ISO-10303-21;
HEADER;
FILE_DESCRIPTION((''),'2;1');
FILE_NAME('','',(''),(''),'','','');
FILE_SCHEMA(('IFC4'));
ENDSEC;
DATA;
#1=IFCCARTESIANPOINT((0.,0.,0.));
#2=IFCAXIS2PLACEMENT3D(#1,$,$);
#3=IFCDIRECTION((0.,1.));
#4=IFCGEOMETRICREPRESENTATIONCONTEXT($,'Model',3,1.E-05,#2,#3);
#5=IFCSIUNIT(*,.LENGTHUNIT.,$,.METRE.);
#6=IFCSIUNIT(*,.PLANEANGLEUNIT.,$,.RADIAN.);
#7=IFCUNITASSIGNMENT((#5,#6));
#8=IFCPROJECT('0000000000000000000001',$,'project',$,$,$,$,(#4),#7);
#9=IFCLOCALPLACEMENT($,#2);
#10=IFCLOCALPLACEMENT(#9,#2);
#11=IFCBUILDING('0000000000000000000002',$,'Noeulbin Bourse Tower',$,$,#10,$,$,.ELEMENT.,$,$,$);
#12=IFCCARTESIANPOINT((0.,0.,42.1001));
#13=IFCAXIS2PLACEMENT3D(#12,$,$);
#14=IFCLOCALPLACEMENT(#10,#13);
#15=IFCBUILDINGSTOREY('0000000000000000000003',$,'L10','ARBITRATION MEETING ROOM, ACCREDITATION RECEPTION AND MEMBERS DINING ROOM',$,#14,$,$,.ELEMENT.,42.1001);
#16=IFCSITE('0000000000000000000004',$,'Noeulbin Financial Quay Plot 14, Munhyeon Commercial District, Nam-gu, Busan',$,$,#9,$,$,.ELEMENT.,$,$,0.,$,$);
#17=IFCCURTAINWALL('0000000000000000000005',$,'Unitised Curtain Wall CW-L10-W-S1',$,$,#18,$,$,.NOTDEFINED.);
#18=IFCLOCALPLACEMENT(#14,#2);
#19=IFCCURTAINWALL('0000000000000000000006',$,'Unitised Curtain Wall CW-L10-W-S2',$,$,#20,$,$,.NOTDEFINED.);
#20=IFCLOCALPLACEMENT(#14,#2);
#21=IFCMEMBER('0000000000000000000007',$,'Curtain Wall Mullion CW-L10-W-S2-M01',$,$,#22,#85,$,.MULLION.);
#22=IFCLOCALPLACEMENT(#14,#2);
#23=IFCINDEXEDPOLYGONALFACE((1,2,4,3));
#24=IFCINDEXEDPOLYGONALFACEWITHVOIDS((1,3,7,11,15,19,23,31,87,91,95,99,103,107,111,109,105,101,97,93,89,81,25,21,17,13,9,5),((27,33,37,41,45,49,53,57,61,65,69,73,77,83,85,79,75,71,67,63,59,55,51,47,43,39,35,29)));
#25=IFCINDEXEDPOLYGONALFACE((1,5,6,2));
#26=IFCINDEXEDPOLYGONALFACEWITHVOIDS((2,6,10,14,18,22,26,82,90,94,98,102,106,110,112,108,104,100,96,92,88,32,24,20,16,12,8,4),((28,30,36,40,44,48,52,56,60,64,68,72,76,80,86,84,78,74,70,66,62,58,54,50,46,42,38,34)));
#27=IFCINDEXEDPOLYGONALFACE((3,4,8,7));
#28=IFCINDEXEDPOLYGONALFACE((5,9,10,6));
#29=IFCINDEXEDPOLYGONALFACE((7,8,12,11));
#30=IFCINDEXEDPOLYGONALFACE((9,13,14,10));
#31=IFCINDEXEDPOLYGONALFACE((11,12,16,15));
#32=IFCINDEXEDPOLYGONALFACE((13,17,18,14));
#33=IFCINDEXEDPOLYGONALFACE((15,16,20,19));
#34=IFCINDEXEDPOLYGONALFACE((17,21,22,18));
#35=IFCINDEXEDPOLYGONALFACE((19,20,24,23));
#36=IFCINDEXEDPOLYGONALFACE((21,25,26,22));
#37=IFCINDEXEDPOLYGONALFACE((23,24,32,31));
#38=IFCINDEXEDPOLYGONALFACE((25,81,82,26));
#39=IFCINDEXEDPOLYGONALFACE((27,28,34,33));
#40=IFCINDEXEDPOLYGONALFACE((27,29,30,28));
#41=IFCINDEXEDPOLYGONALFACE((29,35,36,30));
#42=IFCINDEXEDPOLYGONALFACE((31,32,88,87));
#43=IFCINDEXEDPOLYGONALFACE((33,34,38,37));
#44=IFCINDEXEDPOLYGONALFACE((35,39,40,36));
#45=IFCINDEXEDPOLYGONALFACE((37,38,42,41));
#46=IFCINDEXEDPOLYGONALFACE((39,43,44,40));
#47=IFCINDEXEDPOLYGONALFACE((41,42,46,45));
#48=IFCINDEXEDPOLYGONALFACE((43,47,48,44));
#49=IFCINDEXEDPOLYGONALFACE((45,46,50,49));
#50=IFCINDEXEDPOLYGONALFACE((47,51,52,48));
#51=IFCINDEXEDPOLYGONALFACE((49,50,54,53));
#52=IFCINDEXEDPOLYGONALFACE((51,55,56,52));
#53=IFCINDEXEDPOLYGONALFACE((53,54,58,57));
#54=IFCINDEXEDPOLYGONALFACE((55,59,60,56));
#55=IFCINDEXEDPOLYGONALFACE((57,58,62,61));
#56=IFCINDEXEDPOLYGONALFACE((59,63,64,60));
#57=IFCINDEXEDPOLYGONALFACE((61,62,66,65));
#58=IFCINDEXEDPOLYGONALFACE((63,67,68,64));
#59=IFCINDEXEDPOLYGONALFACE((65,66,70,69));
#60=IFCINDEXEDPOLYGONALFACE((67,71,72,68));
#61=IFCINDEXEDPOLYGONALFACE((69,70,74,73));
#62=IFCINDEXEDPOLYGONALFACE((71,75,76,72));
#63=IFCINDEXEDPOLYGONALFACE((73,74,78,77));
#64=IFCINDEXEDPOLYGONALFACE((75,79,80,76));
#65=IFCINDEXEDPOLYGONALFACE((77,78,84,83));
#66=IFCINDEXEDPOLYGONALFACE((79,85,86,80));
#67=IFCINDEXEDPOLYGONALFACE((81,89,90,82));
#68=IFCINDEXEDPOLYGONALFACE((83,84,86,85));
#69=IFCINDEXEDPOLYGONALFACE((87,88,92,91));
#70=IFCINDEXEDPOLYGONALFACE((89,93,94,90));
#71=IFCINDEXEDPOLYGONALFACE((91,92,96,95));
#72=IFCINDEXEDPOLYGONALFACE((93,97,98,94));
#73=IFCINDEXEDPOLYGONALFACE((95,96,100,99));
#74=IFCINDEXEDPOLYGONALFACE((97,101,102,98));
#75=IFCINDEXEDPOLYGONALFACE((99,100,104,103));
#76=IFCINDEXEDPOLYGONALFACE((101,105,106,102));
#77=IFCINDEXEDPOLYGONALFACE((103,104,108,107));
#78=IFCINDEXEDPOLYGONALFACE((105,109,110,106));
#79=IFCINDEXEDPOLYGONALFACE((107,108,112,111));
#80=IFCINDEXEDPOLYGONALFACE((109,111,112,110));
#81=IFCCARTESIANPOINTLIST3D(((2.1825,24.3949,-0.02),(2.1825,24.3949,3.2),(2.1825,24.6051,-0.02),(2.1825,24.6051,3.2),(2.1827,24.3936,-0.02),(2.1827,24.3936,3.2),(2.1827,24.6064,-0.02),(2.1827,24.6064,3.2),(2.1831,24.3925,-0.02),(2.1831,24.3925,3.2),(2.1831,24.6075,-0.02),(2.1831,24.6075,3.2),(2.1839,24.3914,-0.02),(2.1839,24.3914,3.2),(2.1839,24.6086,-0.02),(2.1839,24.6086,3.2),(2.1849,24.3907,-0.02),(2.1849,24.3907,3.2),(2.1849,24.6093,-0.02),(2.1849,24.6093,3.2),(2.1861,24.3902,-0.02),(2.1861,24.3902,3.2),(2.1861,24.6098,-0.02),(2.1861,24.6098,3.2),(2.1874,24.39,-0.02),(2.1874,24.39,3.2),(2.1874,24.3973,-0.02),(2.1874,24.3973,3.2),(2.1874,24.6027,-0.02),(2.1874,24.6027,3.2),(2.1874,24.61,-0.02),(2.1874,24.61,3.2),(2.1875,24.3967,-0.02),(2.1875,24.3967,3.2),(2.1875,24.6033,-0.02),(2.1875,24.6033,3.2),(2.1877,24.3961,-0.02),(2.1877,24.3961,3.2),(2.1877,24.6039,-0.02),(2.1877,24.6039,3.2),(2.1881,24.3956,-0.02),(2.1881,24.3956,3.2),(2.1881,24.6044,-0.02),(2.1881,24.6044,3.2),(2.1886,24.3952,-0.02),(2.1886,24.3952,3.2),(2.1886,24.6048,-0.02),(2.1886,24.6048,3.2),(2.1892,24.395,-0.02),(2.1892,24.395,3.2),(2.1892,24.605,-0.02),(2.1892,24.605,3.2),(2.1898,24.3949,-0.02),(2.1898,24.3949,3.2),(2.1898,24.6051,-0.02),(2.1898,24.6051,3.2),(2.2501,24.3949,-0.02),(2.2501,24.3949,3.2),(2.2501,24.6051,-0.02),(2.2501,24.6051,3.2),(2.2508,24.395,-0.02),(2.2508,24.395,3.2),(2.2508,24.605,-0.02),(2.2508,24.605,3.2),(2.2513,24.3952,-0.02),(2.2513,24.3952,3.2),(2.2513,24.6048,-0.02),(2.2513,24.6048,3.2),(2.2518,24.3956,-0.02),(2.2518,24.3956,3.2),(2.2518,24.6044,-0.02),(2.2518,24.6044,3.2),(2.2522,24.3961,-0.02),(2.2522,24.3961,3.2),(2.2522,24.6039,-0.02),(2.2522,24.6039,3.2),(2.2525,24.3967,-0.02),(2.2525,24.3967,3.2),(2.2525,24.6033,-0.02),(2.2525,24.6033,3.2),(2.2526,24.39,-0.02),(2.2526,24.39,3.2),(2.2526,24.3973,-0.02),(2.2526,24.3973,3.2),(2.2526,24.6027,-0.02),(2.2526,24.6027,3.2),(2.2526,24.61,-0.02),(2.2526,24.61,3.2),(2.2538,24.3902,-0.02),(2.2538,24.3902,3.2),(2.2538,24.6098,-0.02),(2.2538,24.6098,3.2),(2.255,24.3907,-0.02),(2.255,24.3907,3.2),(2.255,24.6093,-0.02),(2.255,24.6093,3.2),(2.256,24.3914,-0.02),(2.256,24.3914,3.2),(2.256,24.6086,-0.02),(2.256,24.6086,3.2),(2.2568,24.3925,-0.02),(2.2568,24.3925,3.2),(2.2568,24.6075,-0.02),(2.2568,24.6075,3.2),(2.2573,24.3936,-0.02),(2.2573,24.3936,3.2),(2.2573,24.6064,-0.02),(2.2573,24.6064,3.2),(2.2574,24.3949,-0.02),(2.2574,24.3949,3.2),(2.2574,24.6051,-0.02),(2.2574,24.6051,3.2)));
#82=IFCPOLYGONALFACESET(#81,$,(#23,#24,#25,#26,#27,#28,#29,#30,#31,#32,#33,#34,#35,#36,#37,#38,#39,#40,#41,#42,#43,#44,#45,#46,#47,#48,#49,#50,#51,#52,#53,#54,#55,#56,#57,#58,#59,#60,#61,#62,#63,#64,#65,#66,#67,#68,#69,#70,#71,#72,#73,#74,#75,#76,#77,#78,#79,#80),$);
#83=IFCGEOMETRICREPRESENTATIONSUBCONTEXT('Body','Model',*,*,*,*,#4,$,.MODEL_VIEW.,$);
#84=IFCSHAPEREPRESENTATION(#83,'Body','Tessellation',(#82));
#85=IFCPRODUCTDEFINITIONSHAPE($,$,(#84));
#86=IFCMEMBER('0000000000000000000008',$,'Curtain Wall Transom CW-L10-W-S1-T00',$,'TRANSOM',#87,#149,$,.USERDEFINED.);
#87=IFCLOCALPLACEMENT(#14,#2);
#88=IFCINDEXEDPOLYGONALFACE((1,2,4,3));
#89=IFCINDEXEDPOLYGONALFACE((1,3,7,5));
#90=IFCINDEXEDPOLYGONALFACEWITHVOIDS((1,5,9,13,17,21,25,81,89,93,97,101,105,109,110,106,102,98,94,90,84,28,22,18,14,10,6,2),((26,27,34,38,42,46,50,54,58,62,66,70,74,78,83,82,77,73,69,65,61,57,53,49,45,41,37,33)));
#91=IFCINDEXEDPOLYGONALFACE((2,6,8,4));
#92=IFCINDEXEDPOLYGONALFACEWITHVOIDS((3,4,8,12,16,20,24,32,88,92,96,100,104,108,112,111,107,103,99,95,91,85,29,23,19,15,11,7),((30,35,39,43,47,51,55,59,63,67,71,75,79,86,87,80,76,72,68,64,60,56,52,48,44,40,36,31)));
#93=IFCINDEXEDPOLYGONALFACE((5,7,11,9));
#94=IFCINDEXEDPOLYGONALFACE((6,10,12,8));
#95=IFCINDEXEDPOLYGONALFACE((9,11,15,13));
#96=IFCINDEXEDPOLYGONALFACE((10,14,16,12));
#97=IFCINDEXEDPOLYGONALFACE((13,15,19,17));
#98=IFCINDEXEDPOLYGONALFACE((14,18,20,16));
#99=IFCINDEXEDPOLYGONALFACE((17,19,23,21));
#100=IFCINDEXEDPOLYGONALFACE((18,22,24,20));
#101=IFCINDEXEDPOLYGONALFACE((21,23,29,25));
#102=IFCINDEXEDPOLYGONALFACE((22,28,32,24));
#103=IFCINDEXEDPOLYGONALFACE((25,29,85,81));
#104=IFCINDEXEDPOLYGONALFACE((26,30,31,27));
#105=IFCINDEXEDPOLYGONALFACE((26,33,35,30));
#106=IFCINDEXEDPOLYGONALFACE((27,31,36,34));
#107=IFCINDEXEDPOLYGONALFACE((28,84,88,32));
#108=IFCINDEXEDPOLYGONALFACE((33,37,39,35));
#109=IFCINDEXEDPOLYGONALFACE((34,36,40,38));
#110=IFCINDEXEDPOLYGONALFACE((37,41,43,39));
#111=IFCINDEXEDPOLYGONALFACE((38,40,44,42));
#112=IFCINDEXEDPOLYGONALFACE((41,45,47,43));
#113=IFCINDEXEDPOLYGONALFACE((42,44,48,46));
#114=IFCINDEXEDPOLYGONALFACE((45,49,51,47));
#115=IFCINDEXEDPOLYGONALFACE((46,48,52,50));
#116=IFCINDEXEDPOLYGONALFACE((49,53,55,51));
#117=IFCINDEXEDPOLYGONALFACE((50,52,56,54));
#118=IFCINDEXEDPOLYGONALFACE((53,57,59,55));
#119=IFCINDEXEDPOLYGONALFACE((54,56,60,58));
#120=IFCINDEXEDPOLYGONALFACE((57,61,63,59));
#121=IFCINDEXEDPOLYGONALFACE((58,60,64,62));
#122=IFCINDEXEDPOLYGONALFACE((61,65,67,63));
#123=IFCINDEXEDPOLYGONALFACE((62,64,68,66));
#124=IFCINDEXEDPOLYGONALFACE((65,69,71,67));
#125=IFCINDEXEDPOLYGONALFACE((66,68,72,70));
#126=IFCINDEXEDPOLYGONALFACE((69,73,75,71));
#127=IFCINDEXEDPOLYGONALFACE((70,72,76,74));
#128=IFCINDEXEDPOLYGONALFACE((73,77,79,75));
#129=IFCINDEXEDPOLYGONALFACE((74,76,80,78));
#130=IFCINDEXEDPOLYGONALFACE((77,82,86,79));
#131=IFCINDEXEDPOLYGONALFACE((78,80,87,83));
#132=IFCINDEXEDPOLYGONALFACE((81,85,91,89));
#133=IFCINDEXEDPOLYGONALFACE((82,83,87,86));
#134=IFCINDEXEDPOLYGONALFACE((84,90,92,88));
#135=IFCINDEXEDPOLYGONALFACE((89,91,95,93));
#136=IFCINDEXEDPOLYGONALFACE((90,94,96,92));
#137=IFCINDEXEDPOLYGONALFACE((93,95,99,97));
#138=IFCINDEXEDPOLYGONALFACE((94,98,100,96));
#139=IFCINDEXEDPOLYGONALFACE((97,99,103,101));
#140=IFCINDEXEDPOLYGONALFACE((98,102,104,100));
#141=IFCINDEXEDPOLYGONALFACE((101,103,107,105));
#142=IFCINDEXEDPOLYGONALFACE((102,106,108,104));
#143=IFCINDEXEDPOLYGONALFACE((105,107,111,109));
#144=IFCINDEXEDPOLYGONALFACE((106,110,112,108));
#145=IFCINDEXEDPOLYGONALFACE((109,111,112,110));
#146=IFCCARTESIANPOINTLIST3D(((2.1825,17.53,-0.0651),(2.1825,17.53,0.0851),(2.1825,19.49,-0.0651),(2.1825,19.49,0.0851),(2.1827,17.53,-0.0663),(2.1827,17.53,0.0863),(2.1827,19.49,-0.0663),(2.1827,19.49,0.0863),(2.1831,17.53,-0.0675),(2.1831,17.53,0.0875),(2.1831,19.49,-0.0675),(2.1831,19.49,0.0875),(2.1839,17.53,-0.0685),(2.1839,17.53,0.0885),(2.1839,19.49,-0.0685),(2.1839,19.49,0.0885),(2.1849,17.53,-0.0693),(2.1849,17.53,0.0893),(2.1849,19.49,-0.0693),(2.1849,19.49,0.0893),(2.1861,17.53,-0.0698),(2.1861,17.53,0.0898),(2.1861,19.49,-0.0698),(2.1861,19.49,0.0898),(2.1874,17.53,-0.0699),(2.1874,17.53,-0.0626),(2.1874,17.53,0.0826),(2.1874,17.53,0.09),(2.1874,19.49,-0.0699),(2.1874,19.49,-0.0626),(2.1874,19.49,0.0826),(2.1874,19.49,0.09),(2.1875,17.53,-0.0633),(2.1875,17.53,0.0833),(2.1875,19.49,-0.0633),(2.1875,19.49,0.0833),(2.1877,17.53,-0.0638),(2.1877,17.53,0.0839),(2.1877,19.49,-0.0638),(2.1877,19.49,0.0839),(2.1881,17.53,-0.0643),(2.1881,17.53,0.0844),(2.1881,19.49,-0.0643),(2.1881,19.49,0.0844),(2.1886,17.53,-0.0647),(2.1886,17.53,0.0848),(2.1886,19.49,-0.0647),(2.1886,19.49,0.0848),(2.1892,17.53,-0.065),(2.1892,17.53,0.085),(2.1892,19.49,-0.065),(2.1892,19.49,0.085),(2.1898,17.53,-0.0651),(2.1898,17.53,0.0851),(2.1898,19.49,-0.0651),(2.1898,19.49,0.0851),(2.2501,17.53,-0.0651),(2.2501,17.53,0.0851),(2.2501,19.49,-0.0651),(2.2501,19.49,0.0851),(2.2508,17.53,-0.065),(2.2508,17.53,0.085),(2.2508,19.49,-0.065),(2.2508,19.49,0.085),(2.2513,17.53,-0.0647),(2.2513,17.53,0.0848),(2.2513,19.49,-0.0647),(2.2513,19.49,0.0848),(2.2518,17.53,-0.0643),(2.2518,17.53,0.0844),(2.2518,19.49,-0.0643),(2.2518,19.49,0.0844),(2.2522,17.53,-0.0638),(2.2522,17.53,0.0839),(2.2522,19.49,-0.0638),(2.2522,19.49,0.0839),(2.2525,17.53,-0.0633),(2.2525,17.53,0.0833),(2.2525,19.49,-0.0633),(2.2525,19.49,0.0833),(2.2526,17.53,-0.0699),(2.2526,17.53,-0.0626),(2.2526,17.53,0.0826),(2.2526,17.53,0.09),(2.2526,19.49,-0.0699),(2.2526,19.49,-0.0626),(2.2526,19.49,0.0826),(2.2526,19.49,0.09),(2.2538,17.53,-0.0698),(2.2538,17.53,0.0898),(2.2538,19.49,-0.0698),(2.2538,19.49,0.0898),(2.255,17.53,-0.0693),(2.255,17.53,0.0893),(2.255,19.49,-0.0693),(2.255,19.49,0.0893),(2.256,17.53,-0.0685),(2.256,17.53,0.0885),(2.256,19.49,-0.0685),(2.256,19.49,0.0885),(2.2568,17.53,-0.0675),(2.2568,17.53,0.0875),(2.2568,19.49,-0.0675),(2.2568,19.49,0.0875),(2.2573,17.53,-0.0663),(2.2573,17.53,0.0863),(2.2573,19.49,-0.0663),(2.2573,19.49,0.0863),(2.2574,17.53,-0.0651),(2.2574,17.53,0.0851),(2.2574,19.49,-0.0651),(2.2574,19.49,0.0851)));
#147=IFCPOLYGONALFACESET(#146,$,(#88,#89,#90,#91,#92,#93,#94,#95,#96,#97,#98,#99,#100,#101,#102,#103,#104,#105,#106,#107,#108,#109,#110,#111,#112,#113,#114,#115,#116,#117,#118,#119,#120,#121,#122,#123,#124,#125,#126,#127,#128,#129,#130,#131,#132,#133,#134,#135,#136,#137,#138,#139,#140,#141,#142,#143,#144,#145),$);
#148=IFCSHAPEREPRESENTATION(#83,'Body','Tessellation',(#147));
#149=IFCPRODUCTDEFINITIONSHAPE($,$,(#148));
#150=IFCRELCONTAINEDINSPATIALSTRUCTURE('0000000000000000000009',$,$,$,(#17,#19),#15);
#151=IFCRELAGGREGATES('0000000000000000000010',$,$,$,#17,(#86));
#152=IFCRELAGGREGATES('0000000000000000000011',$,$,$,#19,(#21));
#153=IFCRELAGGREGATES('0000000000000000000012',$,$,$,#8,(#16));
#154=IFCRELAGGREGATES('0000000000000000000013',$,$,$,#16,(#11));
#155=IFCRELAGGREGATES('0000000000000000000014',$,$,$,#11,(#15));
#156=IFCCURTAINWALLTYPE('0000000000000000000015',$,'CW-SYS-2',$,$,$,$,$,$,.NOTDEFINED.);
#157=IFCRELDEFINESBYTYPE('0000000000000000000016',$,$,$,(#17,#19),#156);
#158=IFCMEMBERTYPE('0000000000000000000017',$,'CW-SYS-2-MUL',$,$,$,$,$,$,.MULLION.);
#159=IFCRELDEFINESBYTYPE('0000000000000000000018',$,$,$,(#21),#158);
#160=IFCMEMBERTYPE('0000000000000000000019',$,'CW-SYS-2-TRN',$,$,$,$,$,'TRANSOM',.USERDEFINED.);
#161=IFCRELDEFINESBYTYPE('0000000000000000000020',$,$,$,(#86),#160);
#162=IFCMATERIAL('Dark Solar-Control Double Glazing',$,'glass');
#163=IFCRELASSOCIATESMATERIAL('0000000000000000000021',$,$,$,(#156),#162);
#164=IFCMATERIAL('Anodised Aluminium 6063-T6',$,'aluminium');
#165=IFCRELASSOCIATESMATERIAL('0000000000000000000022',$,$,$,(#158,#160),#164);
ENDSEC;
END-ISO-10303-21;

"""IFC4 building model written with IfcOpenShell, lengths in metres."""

from ifc_helpers import new_model, si_unit, direction, frame, origin, origin_2d, place, context, subcontext, project, spatial, hollow_rectangle, extrude, material, material_profile, profile_set, type_object, element, aggregate, save


model = new_model("IFC4")

# Units and contexts
model_context = context("Model", 3, precision=1e-05, world=origin(), true_north=direction((0.0, 1.0)))
body_context = subcontext(model_context, "Body", "Model", "MODEL_VIEW")
ifc_project = project(units=[si_unit("LENGTHUNIT", "METRE"), si_unit("PLANEANGLEUNIT", "RADIAN")], contexts=[model_context])

# Site, building, storey
site_placement = place(None, origin())
site = spatial("IfcSite", under=ifc_project, at=site_placement, Name="Noeulbin Financial Quay Plot 14, Munhyeon Commercial District, Nam-gu, Busan", CompositionType="ELEMENT", RefElevation=0.0)
building_placement = place(site_placement, origin())
building = spatial("IfcBuilding", under=site, at=building_placement, Name="Noeulbin Bourse Tower", CompositionType="ELEMENT")
storey_placement = place(building_placement, frame((0.0, 0.0, 42.1001)))
storey = spatial("IfcBuildingStorey", under=building, at=storey_placement, Name="L10", Description="ARBITRATION MEETING ROOM, ACCREDITATION RECEPTION AND MEMBERS DINING ROOM", CompositionType="ELEMENT", Elevation=42.1001)

# Curtain walls, member
ifc_material_1 = material(Name="Dark Solar-Control Double Glazing", Category="glass")
curtain_wall_type = type_object("IfcCurtainWallType", Name="CW-SYS-2", PredefinedType="NOTDEFINED", material=ifc_material_1)
curtain_wall_1_placement = place(storey_placement, origin())
curtain_wall_1 = element("IfcCurtainWall", 1, at=curtain_wall_1_placement, inside=storey, type_object=curtain_wall_type, Name="Unitised Curtain Wall CW-L10-W-S1", PredefinedType="NOTDEFINED")
ifc_material_2 = material(Name="Anodised Aluminium 6063-T6", Category="aluminium")
ifc_material_profile_1 = material_profile(ifc_material_2, hollow_rectangle(XDim=0.075, YDim=0.22, WallThickness=0.0049, InnerFilletRadius=0.0024, OuterFilletRadius=0.0049, at=origin_2d()), Name="ALU-MULL-75x220x5", Category="LoadBearing")
ifc_profile_set_1 = profile_set([ifc_material_profile_1], Name="Anodised Aluminium 6063-T6")
member_type_1 = type_object("IfcMemberType", Name="CW-SYS-2-MUL", PredefinedType="MULLION", material=ifc_profile_set_1)
curtain_wall_2_placement = place(storey_placement, origin())
curtain_wall_2 = element("IfcCurtainWall", 2, at=curtain_wall_2_placement, inside=storey, type_object=curtain_wall_type, Name="Unitised Curtain Wall CW-L10-W-S2", PredefinedType="NOTDEFINED")
member_1_placement = place(storey_placement, frame((2.22, 24.5, -0.02), z_axis=(0.0, 0.0, 1.0), x_axis=(1.0, 0.0, 0.0)))
member_1 = element("IfcMember", 3, at=member_1_placement, type_object=member_type_1, Name="Curtain Wall Mullion CW-L10-W-S2-M01", PredefinedType="MULLION", context=body_context, shape_type="SweptSolid", body=[
    extrude(hollow_rectangle(XDim=0.075, YDim=0.22, WallThickness=0.0049, InnerFilletRadius=0.0024, OuterFilletRadius=0.0049, at=origin_2d()), origin(), (0.0, 0.0, 1.0), 3.22),
])

# Member
ifc_material_profile_2 = material_profile(ifc_material_2, hollow_rectangle(XDim=0.075, YDim=0.1599, WallThickness=0.0049, InnerFilletRadius=0.0024, OuterFilletRadius=0.0049, at=origin_2d()), Name="ALU-TRAN-75x160x5", Category="LoadBearing")
ifc_profile_set_2 = profile_set([ifc_material_profile_2], Name="Anodised Aluminium 6063-T6")
member_type_2 = type_object("IfcMemberType", Name="CW-SYS-2-TRN", ElementType="TRANSOM", PredefinedType="USERDEFINED", material=ifc_profile_set_2)
member_2_placement = place(storey_placement, frame((2.22, 17.53, 0.01), z_axis=(0.0, 1.0, 0.0), x_axis=(-1.0, 0.0, 0.0)))
member_2 = element("IfcMember", 4, at=member_2_placement, type_object=member_type_2, Name="Curtain Wall Transom CW-L10-W-S1-T00", ObjectType="TRANSOM", PredefinedType="USERDEFINED", context=body_context, shape_type="SweptSolid", body=[
    extrude(hollow_rectangle(XDim=0.075, YDim=0.1599, WallThickness=0.0049, InnerFilletRadius=0.0024, OuterFilletRadius=0.0049, at=origin_2d()), origin(), (0.0, 0.0, 1.0), 1.96),
])

aggregate(curtain_wall_1, [member_2])
aggregate(curtain_wall_2, [member_1])

save(model, "model.ifc")
